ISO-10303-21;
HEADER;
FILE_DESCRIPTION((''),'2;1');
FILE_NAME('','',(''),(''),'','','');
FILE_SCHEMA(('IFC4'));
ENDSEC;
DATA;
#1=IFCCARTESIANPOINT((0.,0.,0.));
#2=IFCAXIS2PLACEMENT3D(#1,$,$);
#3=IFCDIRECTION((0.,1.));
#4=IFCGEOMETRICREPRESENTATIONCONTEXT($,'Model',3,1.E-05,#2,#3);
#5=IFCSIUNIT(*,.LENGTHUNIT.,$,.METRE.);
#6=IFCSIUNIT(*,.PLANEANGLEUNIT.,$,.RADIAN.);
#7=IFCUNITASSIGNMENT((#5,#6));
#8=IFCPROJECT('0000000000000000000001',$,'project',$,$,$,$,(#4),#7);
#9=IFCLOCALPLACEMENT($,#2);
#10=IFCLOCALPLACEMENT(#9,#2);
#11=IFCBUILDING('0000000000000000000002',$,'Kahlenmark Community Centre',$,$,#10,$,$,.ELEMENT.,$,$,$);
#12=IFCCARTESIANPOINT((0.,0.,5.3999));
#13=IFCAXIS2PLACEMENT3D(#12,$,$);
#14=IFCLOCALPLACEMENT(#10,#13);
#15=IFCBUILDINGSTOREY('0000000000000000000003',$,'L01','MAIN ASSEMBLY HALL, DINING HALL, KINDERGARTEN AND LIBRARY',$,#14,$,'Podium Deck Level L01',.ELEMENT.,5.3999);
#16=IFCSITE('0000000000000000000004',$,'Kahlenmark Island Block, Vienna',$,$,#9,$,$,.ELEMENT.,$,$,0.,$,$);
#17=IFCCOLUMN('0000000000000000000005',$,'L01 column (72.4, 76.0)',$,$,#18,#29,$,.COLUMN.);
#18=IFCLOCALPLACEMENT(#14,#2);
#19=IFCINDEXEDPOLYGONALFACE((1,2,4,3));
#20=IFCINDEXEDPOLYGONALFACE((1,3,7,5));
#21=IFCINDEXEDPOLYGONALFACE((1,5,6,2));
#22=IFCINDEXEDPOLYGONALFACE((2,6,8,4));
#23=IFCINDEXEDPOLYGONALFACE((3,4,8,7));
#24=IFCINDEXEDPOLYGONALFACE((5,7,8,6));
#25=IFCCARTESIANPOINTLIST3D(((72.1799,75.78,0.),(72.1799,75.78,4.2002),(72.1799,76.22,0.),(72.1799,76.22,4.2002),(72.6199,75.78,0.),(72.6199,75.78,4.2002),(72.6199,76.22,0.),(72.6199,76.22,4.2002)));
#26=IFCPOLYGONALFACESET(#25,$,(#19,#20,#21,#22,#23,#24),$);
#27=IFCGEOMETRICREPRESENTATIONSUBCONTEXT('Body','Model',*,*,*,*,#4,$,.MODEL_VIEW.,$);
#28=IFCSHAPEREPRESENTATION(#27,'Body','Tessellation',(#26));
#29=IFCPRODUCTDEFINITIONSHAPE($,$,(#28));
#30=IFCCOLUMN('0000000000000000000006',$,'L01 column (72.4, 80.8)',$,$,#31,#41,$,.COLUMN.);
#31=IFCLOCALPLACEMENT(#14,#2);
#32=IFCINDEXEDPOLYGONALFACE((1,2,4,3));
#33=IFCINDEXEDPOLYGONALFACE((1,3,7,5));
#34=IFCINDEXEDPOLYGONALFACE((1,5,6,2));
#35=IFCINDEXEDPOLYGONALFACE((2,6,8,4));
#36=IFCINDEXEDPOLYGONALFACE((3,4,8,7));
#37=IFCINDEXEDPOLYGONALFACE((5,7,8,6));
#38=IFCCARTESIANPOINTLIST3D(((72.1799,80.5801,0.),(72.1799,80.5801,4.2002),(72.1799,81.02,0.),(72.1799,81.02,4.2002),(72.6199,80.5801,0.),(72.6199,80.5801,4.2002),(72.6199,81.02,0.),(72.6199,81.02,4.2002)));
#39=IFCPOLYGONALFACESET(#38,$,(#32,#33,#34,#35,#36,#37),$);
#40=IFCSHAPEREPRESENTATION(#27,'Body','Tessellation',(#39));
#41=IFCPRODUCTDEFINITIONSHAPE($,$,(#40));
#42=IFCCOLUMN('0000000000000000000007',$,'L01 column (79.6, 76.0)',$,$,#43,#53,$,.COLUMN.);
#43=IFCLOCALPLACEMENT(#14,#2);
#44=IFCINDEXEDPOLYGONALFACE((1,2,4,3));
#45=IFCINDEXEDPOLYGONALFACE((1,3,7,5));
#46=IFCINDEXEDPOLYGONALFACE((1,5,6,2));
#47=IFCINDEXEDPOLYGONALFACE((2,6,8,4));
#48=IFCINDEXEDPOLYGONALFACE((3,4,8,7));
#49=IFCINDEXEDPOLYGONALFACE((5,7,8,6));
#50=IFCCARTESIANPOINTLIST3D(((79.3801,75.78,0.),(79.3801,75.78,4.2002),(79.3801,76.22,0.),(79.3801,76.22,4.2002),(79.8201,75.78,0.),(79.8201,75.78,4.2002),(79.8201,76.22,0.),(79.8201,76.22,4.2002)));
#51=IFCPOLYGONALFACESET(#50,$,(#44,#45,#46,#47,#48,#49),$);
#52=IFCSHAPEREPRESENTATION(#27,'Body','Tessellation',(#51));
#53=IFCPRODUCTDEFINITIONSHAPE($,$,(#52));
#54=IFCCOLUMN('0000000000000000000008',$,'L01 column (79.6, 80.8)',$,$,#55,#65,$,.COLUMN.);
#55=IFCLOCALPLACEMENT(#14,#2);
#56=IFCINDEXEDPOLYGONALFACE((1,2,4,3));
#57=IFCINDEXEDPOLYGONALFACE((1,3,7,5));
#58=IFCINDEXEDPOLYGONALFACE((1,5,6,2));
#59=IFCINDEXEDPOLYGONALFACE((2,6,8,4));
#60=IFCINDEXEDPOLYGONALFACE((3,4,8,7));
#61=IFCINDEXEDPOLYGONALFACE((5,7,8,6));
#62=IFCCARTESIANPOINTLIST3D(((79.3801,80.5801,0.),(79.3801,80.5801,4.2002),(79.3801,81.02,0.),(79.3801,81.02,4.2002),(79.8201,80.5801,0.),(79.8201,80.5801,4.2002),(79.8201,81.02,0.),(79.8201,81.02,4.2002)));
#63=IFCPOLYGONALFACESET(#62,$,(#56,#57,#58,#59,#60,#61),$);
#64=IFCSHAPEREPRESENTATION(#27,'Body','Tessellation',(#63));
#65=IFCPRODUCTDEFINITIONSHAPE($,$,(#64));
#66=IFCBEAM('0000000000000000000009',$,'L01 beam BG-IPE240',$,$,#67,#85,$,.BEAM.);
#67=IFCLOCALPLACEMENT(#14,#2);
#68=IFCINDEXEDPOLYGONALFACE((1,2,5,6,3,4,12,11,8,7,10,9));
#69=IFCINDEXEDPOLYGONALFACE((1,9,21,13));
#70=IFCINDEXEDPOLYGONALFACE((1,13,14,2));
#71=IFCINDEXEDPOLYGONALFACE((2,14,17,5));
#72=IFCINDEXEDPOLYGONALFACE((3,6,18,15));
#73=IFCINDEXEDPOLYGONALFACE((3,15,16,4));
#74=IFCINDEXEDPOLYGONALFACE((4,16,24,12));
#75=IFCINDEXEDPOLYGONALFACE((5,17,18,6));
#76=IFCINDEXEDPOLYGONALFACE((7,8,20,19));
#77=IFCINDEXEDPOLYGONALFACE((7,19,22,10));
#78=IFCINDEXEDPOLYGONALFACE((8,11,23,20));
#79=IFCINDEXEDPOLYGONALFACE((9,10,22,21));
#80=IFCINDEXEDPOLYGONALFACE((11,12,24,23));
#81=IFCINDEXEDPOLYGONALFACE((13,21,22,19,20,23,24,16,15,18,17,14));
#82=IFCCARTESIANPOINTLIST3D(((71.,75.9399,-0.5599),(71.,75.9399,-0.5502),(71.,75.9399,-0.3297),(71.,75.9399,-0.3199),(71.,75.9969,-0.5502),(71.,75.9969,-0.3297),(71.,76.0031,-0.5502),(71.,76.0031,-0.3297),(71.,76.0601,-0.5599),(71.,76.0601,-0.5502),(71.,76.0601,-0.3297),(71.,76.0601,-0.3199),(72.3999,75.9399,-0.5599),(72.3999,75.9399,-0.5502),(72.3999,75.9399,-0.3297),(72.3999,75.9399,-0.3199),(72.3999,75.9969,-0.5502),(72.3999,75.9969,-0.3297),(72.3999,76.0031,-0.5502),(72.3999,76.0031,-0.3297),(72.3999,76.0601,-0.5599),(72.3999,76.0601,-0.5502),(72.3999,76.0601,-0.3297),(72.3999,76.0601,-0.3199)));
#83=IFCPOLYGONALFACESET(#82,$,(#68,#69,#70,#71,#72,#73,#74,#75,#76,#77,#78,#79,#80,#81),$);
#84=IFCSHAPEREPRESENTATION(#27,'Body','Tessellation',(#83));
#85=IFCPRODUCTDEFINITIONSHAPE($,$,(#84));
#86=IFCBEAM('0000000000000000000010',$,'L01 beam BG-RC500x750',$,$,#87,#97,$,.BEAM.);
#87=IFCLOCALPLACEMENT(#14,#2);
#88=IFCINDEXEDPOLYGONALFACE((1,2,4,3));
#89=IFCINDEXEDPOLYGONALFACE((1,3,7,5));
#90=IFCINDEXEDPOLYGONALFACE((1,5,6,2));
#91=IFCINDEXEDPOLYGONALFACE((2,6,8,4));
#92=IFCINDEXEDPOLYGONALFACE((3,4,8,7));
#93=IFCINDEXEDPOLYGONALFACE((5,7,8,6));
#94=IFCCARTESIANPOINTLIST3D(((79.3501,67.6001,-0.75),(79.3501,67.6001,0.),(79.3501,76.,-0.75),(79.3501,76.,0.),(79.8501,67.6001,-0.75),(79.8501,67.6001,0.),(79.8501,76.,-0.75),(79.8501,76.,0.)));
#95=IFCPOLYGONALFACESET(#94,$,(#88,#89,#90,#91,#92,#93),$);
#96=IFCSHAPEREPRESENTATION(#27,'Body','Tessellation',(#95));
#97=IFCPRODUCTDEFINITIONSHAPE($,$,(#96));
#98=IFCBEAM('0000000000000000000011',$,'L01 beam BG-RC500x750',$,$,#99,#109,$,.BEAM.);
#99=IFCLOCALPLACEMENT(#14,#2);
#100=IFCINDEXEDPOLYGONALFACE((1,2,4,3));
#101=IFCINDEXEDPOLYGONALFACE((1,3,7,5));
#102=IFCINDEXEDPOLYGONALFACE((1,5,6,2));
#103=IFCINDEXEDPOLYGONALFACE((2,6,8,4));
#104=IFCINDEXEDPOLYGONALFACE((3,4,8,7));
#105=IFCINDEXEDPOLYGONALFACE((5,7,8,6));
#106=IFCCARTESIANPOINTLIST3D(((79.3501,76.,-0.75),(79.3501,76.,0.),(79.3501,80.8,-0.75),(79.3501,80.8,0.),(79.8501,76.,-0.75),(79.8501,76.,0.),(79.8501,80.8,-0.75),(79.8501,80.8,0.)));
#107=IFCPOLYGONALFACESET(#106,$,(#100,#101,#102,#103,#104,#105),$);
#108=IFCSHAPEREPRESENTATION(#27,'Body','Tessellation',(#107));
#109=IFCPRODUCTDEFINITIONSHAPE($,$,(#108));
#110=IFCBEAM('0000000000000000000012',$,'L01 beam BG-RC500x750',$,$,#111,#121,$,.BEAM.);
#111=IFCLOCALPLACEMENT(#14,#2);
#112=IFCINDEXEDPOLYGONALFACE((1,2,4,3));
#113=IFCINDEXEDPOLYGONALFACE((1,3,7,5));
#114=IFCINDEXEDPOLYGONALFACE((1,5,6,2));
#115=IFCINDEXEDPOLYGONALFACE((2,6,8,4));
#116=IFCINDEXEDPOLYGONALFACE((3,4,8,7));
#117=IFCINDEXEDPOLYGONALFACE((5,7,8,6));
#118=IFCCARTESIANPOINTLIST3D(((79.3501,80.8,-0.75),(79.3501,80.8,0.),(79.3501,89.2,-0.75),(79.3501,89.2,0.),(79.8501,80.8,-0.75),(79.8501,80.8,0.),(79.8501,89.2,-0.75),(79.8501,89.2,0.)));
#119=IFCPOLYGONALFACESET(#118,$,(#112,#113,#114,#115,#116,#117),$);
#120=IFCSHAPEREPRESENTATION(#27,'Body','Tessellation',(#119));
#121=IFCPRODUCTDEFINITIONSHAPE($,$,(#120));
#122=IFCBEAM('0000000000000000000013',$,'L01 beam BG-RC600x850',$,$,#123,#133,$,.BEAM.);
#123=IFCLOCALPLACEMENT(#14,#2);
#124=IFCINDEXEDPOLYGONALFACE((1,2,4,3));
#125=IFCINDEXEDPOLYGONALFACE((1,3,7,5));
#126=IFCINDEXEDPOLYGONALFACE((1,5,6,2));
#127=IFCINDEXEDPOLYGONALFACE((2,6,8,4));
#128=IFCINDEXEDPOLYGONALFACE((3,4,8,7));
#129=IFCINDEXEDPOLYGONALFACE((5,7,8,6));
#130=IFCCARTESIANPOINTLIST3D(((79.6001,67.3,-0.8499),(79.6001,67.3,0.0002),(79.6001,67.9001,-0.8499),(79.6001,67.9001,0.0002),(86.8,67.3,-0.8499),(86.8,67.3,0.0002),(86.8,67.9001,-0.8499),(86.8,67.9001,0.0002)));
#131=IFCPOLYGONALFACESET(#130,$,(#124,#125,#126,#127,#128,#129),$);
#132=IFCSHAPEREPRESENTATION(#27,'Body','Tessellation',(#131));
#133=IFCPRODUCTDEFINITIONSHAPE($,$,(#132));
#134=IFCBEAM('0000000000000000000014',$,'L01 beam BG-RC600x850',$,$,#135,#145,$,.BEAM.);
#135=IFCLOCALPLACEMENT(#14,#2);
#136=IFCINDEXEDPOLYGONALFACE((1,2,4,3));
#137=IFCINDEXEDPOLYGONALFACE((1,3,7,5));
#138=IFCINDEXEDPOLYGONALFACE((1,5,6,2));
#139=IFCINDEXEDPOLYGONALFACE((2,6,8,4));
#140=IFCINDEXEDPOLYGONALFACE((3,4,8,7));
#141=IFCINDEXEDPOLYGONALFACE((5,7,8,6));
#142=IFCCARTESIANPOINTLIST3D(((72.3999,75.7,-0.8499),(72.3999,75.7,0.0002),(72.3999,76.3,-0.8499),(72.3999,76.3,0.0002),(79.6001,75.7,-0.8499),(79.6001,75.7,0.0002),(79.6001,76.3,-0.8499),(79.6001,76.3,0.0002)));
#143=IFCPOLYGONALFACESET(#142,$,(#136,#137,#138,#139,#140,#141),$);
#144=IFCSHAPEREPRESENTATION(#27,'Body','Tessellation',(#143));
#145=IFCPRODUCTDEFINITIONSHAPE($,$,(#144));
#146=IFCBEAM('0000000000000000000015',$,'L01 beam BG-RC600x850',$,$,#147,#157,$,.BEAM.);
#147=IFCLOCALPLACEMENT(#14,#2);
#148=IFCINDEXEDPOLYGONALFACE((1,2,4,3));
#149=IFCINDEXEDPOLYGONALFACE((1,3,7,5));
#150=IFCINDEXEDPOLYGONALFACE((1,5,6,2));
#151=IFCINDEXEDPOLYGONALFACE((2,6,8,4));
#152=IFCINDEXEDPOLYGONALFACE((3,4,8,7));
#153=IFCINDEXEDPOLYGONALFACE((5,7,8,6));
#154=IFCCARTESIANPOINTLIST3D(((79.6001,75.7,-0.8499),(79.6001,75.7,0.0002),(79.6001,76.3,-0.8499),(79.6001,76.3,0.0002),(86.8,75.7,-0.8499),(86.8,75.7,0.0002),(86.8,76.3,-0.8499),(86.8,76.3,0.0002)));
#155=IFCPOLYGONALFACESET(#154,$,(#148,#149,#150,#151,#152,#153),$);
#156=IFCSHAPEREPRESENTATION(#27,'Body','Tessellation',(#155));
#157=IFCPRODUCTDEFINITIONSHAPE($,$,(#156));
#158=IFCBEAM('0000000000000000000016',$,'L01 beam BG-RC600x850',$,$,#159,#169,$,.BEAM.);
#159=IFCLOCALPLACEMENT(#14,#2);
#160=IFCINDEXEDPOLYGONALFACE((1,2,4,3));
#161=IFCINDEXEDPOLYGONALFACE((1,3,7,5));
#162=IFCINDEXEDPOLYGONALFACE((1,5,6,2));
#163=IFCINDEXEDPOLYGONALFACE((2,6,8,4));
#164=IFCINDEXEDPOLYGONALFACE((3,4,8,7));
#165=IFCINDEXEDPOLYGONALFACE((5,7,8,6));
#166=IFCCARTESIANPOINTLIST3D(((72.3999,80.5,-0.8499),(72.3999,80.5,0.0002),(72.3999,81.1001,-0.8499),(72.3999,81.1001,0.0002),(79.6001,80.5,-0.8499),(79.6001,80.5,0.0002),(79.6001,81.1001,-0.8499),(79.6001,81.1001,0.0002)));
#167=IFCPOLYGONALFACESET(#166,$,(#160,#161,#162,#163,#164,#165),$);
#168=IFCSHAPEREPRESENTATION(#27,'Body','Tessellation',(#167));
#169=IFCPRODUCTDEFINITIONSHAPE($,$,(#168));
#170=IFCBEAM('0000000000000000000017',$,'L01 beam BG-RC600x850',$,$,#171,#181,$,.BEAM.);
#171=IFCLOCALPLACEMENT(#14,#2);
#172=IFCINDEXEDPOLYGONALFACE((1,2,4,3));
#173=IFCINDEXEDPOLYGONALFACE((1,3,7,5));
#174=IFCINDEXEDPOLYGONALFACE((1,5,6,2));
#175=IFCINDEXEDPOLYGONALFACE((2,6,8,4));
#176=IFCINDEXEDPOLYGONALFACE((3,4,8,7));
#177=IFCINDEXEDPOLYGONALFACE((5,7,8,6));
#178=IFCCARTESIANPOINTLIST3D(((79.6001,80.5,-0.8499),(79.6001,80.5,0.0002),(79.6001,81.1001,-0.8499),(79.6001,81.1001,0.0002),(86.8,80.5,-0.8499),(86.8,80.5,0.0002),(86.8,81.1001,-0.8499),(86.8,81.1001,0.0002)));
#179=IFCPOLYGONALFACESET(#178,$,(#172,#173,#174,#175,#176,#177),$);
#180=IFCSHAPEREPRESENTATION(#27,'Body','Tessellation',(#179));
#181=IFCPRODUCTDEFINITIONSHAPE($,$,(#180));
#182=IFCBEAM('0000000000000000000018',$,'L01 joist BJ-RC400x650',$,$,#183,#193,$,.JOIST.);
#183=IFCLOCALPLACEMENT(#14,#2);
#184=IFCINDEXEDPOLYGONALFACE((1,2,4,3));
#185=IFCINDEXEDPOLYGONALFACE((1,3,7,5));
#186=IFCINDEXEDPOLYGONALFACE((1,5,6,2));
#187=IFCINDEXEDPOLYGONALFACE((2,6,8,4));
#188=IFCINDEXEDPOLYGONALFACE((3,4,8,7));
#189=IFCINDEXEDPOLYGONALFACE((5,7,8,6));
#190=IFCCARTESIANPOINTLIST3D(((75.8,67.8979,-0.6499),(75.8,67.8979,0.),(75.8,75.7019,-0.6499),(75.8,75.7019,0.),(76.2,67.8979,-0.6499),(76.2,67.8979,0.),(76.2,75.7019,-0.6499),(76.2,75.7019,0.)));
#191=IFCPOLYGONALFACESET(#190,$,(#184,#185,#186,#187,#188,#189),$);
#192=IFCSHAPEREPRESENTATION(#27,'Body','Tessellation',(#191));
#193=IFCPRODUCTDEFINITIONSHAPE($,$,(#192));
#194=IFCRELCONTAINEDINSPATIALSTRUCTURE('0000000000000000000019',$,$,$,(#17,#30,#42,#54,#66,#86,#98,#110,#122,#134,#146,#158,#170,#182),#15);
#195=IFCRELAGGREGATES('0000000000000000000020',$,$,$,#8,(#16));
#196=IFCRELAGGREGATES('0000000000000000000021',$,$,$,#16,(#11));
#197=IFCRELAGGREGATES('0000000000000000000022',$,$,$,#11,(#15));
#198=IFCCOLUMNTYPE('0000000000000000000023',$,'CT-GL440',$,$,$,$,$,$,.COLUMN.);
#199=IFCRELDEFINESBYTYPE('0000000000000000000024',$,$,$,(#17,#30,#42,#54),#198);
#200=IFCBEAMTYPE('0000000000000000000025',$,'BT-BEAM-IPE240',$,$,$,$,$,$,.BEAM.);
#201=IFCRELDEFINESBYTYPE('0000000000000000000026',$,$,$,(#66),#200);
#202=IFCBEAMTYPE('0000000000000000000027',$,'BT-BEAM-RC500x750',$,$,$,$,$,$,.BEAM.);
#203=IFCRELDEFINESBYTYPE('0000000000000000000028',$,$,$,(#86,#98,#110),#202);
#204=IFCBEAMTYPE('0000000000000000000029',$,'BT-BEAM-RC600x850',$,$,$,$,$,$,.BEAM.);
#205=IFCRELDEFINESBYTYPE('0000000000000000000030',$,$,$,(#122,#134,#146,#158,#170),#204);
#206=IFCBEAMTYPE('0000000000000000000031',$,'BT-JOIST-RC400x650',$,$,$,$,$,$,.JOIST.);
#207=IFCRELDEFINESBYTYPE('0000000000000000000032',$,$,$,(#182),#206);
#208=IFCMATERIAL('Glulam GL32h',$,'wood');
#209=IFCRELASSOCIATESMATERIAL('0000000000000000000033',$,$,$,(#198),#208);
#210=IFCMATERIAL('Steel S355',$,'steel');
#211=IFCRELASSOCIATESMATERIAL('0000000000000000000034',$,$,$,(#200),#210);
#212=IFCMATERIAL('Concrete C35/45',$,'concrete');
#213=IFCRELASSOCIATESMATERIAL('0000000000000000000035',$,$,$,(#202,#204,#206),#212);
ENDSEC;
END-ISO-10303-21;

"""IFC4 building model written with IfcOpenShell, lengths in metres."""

from ifc_helpers import new_model, si_unit, direction, frame, origin, origin_2d, place, context, subcontext, project, spatial, rectangle, i_section, extrude, material, material_profile, profile_set, type_object, element, save


model = new_model("IFC4")

# Units and contexts
model_context = context("Model", 3, precision=1e-05, world=origin(), true_north=direction((0.0, 1.0)))
body_context = subcontext(model_context, "Body", "Model", "MODEL_VIEW")
ifc_project = project(units=[si_unit("LENGTHUNIT", "METRE"), si_unit("PLANEANGLEUNIT", "RADIAN")], contexts=[model_context])

# Site, building, storey
site_placement = place(None, origin())
site = spatial("IfcSite", under=ifc_project, at=site_placement, Name="Kahlenmark Island Block, Vienna", CompositionType="ELEMENT", RefElevation=0.0)
building_placement = place(site_placement, origin())
building = spatial("IfcBuilding", under=site, at=building_placement, Name="Kahlenmark Community Centre", CompositionType="ELEMENT")
storey_placement = place(building_placement, frame((0.0, 0.0, 5.3999)))
storey = spatial("IfcBuildingStorey", under=building, at=storey_placement, Name="L01", Description="MAIN ASSEMBLY HALL, DINING HALL, KINDERGARTEN AND LIBRARY", LongName="Podium Deck Level L01", CompositionType="ELEMENT", Elevation=5.3999)

# Columns
ifc_material_1 = material(Name="Glulam GL32h", Category="wood")
ifc_material_profile_1 = material_profile(ifc_material_1, rectangle(XDim=0.4399, YDim=0.4399, at=origin_2d()), Name="GL32h 440x440")
ifc_profile_set_1 = profile_set([ifc_material_profile_1], Name="Glulam GL32h")
column_type = type_object("IfcColumnType", Name="CT-GL440", PredefinedType="COLUMN", material=ifc_profile_set_1)
for number, where, z_axis, x_axis, name in (
    (1, (72.3999, 76.0, 0.0), (0.0, 0.0, 1.0), (1.0, 0.0, 0.0), "L01 column (72.4, 76.0)"),
    (2, (72.3999, 80.8, 0.0), (0.0, 0.0, 1.0), (1.0, 0.0, 0.0), "L01 column (72.4, 80.8)"),
    (3, (79.6001, 76.0, 0.0), (0.0, 0.0, 1.0), (1.0, 0.0, 0.0), "L01 column (79.6, 76.0)"),
    (4, (79.6001, 80.8, 0.0), (0.0, 0.0, 1.0), (1.0, 0.0, 0.0), "L01 column (79.6, 80.8)"),
):
    element("IfcColumn", number, at=place(storey_placement, frame(where, z_axis=z_axis, x_axis=x_axis)), inside=storey, type_object=column_type, Name=name, PredefinedType="COLUMN", context=body_context, shape_type="SweptSolid", body=[
        extrude(rectangle(XDim=0.4399, YDim=0.4399, at=origin_2d()), origin(), (0.0, 0.0, 1.0), 4.2002),
    ])

# Beams
ifc_material_2 = material(Name="Steel S355", Category="steel")
ifc_material_profile_2 = material_profile(ifc_material_2, i_section(OverallWidth=0.1201, OverallDepth=0.24, WebThickness=0.0061, FlangeThickness=0.0098, at=origin_2d()), Name="IPE 240")
ifc_profile_set_2 = profile_set([ifc_material_profile_2], Name="Steel S355")
beam_type_1 = type_object("IfcBeamType", Name="BT-BEAM-IPE240", PredefinedType="BEAM", material=ifc_profile_set_2)
beam_1_placement = place(storey_placement, frame((71.0, 76.0, -0.4399), z_axis=(1.0, 0.0, 0.0), x_axis=(0.0, 1.0, 0.0)))
element("IfcBeam", 5, at=beam_1_placement, inside=storey, type_object=beam_type_1, Name="L01 beam BG-IPE240", PredefinedType="BEAM", context=body_context, shape_type="SweptSolid", body=[
    extrude(i_section(OverallWidth=0.1201, OverallDepth=0.24, WebThickness=0.0061, FlangeThickness=0.0098, at=origin_2d()), origin(), (0.0, 0.0, 1.0), 1.3999),
])
ifc_material_3 = material(Name="Concrete C35/45", Category="concrete")
ifc_material_profile_3 = material_profile(ifc_material_3, rectangle(XDim=0.5, YDim=0.75, at=origin_2d()), Name="RC 500x750")
ifc_profile_set_3 = profile_set([ifc_material_profile_3], Name="Concrete C35/45")
beam_type_2 = type_object("IfcBeamType", Name="BT-BEAM-RC500x750", PredefinedType="BEAM", material=ifc_profile_set_3)
beam_2_placement = place(storey_placement, frame((79.6001, 67.6001, -0.375), z_axis=(0.0, 1.0, 0.0), x_axis=(-1.0, 0.0, 0.0)))
element("IfcBeam", 6, at=beam_2_placement, inside=storey, type_object=beam_type_2, Name="L01 beam BG-RC500x750", PredefinedType="BEAM", context=body_context, shape_type="SweptSolid", body=[
    extrude(rectangle(XDim=0.5, YDim=0.75, at=origin_2d()), origin(), (0.0, 0.0, 1.0), 8.3999),
])
beam_3_placement = place(storey_placement, frame((79.6001, 76.0, -0.375), z_axis=(0.0, 1.0, 0.0), x_axis=(-1.0, 0.0, 0.0)))
element("IfcBeam", 7, at=beam_3_placement, inside=storey, type_object=beam_type_2, Name="L01 beam BG-RC500x750", PredefinedType="BEAM", context=body_context, shape_type="SweptSolid", body=[
    extrude(rectangle(XDim=0.5, YDim=0.75, at=origin_2d()), origin(), (0.0, 0.0, 1.0), 4.8),
])
beam_4_placement = place(storey_placement, frame((79.6001, 80.8, -0.375), z_axis=(0.0, 1.0, 0.0), x_axis=(-1.0, 0.0, 0.0)))
element("IfcBeam", 8, at=beam_4_placement, inside=storey, type_object=beam_type_2, Name="L01 beam BG-RC500x750", PredefinedType="BEAM", context=body_context, shape_type="SweptSolid", body=[
    extrude(rectangle(XDim=0.5, YDim=0.75, at=origin_2d()), origin(), (0.0, 0.0, 1.0), 8.3999),
])
ifc_material_profile_4 = material_profile(ifc_material_3, rectangle(XDim=0.6001, YDim=0.8501, at=origin_2d()), Name="RC 600x850")
ifc_profile_set_4 = profile_set([ifc_material_profile_4], Name="Concrete C35/45")
beam_type_3 = type_object("IfcBeamType", Name="BT-BEAM-RC600x850", PredefinedType="BEAM", material=ifc_profile_set_4)
beam_5_placement = place(storey_placement, frame((79.6001, 67.6001, -0.4248), z_axis=(1.0, 0.0, 0.0), x_axis=(0.0, 1.0, 0.0)))
element("IfcBeam", 9, at=beam_5_placement, inside=storey, type_object=beam_type_3, Name="L01 beam BG-RC600x850", PredefinedType="BEAM", context=body_context, shape_type="SweptSolid", body=[
    extrude(rectangle(XDim=0.6001, YDim=0.8501, at=origin_2d()), origin(), (0.0, 0.0, 1.0), 7.2),
])
beam_6_placement = place(storey_placement, frame((72.3999, 76.0, -0.4248), z_axis=(1.0, 0.0, 0.0), x_axis=(0.0, 1.0, 0.0)))
element("IfcBeam", 10, at=beam_6_placement, inside=storey, type_object=beam_type_3, Name="L01 beam BG-RC600x850", PredefinedType="BEAM", context=body_context, shape_type="SweptSolid", body=[
    extrude(rectangle(XDim=0.6001, YDim=0.8501, at=origin_2d()), origin(), (0.0, 0.0, 1.0), 7.2002),
])
beam_7_placement = place(storey_placement, frame((79.6001, 76.0, -0.4248), z_axis=(1.0, 0.0, 0.0), x_axis=(0.0, 1.0, 0.0)))
element("IfcBeam", 11, at=beam_7_placement, inside=storey, type_object=beam_type_3, Name="L01 beam BG-RC600x850", PredefinedType="BEAM", context=body_context, shape_type="SweptSolid", body=[
    extrude(rectangle(XDim=0.6001, YDim=0.8501, at=origin_2d()), origin(), (0.0, 0.0, 1.0), 7.2),
])
beam_8_placement = place(storey_placement, frame((72.3999, 80.8, -0.4248), z_axis=(1.0, 0.0, 0.0), x_axis=(0.0, 1.0, 0.0)))
element("IfcBeam", 12, at=beam_8_placement, inside=storey, type_object=beam_type_3, Name="L01 beam BG-RC600x850", PredefinedType="BEAM", context=body_context, shape_type="SweptSolid", body=[
    extrude(rectangle(XDim=0.6001, YDim=0.8501, at=origin_2d()), origin(), (0.0, 0.0, 1.0), 7.2002),
])
beam_9_placement = place(storey_placement, frame((79.6001, 80.8, -0.4248), z_axis=(1.0, 0.0, 0.0), x_axis=(0.0, 1.0, 0.0)))
element("IfcBeam", 13, at=beam_9_placement, inside=storey, type_object=beam_type_3, Name="L01 beam BG-RC600x850", PredefinedType="BEAM", context=body_context, shape_type="SweptSolid", body=[
    extrude(rectangle(XDim=0.6001, YDim=0.8501, at=origin_2d()), origin(), (0.0, 0.0, 1.0), 7.2),
])
ifc_material_profile_5 = material_profile(ifc_material_3, rectangle(XDim=0.3999, YDim=0.6499, at=origin_2d()), Name="RC 400x650")
ifc_profile_set_5 = profile_set([ifc_material_profile_5], Name="Concrete C35/45")
beam_type_4 = type_object("IfcBeamType", Name="BT-JOIST-RC400x650", PredefinedType="JOIST", material=ifc_profile_set_5)
beam_10_placement = place(storey_placement, frame((76.0, 67.8979, -0.325), z_axis=(0.0, 1.0, 0.0), x_axis=(-1.0, 0.0, 0.0)))
element("IfcBeam", 14, at=beam_10_placement, inside=storey, type_object=beam_type_4, Name="L01 joist BJ-RC400x650", PredefinedType="JOIST", context=body_context, shape_type="SweptSolid", body=[
    extrude(rectangle(XDim=0.3999, YDim=0.6499, at=origin_2d()), origin(), (0.0, 0.0, 1.0), 7.804),
])

save(model, "model.ifc")
